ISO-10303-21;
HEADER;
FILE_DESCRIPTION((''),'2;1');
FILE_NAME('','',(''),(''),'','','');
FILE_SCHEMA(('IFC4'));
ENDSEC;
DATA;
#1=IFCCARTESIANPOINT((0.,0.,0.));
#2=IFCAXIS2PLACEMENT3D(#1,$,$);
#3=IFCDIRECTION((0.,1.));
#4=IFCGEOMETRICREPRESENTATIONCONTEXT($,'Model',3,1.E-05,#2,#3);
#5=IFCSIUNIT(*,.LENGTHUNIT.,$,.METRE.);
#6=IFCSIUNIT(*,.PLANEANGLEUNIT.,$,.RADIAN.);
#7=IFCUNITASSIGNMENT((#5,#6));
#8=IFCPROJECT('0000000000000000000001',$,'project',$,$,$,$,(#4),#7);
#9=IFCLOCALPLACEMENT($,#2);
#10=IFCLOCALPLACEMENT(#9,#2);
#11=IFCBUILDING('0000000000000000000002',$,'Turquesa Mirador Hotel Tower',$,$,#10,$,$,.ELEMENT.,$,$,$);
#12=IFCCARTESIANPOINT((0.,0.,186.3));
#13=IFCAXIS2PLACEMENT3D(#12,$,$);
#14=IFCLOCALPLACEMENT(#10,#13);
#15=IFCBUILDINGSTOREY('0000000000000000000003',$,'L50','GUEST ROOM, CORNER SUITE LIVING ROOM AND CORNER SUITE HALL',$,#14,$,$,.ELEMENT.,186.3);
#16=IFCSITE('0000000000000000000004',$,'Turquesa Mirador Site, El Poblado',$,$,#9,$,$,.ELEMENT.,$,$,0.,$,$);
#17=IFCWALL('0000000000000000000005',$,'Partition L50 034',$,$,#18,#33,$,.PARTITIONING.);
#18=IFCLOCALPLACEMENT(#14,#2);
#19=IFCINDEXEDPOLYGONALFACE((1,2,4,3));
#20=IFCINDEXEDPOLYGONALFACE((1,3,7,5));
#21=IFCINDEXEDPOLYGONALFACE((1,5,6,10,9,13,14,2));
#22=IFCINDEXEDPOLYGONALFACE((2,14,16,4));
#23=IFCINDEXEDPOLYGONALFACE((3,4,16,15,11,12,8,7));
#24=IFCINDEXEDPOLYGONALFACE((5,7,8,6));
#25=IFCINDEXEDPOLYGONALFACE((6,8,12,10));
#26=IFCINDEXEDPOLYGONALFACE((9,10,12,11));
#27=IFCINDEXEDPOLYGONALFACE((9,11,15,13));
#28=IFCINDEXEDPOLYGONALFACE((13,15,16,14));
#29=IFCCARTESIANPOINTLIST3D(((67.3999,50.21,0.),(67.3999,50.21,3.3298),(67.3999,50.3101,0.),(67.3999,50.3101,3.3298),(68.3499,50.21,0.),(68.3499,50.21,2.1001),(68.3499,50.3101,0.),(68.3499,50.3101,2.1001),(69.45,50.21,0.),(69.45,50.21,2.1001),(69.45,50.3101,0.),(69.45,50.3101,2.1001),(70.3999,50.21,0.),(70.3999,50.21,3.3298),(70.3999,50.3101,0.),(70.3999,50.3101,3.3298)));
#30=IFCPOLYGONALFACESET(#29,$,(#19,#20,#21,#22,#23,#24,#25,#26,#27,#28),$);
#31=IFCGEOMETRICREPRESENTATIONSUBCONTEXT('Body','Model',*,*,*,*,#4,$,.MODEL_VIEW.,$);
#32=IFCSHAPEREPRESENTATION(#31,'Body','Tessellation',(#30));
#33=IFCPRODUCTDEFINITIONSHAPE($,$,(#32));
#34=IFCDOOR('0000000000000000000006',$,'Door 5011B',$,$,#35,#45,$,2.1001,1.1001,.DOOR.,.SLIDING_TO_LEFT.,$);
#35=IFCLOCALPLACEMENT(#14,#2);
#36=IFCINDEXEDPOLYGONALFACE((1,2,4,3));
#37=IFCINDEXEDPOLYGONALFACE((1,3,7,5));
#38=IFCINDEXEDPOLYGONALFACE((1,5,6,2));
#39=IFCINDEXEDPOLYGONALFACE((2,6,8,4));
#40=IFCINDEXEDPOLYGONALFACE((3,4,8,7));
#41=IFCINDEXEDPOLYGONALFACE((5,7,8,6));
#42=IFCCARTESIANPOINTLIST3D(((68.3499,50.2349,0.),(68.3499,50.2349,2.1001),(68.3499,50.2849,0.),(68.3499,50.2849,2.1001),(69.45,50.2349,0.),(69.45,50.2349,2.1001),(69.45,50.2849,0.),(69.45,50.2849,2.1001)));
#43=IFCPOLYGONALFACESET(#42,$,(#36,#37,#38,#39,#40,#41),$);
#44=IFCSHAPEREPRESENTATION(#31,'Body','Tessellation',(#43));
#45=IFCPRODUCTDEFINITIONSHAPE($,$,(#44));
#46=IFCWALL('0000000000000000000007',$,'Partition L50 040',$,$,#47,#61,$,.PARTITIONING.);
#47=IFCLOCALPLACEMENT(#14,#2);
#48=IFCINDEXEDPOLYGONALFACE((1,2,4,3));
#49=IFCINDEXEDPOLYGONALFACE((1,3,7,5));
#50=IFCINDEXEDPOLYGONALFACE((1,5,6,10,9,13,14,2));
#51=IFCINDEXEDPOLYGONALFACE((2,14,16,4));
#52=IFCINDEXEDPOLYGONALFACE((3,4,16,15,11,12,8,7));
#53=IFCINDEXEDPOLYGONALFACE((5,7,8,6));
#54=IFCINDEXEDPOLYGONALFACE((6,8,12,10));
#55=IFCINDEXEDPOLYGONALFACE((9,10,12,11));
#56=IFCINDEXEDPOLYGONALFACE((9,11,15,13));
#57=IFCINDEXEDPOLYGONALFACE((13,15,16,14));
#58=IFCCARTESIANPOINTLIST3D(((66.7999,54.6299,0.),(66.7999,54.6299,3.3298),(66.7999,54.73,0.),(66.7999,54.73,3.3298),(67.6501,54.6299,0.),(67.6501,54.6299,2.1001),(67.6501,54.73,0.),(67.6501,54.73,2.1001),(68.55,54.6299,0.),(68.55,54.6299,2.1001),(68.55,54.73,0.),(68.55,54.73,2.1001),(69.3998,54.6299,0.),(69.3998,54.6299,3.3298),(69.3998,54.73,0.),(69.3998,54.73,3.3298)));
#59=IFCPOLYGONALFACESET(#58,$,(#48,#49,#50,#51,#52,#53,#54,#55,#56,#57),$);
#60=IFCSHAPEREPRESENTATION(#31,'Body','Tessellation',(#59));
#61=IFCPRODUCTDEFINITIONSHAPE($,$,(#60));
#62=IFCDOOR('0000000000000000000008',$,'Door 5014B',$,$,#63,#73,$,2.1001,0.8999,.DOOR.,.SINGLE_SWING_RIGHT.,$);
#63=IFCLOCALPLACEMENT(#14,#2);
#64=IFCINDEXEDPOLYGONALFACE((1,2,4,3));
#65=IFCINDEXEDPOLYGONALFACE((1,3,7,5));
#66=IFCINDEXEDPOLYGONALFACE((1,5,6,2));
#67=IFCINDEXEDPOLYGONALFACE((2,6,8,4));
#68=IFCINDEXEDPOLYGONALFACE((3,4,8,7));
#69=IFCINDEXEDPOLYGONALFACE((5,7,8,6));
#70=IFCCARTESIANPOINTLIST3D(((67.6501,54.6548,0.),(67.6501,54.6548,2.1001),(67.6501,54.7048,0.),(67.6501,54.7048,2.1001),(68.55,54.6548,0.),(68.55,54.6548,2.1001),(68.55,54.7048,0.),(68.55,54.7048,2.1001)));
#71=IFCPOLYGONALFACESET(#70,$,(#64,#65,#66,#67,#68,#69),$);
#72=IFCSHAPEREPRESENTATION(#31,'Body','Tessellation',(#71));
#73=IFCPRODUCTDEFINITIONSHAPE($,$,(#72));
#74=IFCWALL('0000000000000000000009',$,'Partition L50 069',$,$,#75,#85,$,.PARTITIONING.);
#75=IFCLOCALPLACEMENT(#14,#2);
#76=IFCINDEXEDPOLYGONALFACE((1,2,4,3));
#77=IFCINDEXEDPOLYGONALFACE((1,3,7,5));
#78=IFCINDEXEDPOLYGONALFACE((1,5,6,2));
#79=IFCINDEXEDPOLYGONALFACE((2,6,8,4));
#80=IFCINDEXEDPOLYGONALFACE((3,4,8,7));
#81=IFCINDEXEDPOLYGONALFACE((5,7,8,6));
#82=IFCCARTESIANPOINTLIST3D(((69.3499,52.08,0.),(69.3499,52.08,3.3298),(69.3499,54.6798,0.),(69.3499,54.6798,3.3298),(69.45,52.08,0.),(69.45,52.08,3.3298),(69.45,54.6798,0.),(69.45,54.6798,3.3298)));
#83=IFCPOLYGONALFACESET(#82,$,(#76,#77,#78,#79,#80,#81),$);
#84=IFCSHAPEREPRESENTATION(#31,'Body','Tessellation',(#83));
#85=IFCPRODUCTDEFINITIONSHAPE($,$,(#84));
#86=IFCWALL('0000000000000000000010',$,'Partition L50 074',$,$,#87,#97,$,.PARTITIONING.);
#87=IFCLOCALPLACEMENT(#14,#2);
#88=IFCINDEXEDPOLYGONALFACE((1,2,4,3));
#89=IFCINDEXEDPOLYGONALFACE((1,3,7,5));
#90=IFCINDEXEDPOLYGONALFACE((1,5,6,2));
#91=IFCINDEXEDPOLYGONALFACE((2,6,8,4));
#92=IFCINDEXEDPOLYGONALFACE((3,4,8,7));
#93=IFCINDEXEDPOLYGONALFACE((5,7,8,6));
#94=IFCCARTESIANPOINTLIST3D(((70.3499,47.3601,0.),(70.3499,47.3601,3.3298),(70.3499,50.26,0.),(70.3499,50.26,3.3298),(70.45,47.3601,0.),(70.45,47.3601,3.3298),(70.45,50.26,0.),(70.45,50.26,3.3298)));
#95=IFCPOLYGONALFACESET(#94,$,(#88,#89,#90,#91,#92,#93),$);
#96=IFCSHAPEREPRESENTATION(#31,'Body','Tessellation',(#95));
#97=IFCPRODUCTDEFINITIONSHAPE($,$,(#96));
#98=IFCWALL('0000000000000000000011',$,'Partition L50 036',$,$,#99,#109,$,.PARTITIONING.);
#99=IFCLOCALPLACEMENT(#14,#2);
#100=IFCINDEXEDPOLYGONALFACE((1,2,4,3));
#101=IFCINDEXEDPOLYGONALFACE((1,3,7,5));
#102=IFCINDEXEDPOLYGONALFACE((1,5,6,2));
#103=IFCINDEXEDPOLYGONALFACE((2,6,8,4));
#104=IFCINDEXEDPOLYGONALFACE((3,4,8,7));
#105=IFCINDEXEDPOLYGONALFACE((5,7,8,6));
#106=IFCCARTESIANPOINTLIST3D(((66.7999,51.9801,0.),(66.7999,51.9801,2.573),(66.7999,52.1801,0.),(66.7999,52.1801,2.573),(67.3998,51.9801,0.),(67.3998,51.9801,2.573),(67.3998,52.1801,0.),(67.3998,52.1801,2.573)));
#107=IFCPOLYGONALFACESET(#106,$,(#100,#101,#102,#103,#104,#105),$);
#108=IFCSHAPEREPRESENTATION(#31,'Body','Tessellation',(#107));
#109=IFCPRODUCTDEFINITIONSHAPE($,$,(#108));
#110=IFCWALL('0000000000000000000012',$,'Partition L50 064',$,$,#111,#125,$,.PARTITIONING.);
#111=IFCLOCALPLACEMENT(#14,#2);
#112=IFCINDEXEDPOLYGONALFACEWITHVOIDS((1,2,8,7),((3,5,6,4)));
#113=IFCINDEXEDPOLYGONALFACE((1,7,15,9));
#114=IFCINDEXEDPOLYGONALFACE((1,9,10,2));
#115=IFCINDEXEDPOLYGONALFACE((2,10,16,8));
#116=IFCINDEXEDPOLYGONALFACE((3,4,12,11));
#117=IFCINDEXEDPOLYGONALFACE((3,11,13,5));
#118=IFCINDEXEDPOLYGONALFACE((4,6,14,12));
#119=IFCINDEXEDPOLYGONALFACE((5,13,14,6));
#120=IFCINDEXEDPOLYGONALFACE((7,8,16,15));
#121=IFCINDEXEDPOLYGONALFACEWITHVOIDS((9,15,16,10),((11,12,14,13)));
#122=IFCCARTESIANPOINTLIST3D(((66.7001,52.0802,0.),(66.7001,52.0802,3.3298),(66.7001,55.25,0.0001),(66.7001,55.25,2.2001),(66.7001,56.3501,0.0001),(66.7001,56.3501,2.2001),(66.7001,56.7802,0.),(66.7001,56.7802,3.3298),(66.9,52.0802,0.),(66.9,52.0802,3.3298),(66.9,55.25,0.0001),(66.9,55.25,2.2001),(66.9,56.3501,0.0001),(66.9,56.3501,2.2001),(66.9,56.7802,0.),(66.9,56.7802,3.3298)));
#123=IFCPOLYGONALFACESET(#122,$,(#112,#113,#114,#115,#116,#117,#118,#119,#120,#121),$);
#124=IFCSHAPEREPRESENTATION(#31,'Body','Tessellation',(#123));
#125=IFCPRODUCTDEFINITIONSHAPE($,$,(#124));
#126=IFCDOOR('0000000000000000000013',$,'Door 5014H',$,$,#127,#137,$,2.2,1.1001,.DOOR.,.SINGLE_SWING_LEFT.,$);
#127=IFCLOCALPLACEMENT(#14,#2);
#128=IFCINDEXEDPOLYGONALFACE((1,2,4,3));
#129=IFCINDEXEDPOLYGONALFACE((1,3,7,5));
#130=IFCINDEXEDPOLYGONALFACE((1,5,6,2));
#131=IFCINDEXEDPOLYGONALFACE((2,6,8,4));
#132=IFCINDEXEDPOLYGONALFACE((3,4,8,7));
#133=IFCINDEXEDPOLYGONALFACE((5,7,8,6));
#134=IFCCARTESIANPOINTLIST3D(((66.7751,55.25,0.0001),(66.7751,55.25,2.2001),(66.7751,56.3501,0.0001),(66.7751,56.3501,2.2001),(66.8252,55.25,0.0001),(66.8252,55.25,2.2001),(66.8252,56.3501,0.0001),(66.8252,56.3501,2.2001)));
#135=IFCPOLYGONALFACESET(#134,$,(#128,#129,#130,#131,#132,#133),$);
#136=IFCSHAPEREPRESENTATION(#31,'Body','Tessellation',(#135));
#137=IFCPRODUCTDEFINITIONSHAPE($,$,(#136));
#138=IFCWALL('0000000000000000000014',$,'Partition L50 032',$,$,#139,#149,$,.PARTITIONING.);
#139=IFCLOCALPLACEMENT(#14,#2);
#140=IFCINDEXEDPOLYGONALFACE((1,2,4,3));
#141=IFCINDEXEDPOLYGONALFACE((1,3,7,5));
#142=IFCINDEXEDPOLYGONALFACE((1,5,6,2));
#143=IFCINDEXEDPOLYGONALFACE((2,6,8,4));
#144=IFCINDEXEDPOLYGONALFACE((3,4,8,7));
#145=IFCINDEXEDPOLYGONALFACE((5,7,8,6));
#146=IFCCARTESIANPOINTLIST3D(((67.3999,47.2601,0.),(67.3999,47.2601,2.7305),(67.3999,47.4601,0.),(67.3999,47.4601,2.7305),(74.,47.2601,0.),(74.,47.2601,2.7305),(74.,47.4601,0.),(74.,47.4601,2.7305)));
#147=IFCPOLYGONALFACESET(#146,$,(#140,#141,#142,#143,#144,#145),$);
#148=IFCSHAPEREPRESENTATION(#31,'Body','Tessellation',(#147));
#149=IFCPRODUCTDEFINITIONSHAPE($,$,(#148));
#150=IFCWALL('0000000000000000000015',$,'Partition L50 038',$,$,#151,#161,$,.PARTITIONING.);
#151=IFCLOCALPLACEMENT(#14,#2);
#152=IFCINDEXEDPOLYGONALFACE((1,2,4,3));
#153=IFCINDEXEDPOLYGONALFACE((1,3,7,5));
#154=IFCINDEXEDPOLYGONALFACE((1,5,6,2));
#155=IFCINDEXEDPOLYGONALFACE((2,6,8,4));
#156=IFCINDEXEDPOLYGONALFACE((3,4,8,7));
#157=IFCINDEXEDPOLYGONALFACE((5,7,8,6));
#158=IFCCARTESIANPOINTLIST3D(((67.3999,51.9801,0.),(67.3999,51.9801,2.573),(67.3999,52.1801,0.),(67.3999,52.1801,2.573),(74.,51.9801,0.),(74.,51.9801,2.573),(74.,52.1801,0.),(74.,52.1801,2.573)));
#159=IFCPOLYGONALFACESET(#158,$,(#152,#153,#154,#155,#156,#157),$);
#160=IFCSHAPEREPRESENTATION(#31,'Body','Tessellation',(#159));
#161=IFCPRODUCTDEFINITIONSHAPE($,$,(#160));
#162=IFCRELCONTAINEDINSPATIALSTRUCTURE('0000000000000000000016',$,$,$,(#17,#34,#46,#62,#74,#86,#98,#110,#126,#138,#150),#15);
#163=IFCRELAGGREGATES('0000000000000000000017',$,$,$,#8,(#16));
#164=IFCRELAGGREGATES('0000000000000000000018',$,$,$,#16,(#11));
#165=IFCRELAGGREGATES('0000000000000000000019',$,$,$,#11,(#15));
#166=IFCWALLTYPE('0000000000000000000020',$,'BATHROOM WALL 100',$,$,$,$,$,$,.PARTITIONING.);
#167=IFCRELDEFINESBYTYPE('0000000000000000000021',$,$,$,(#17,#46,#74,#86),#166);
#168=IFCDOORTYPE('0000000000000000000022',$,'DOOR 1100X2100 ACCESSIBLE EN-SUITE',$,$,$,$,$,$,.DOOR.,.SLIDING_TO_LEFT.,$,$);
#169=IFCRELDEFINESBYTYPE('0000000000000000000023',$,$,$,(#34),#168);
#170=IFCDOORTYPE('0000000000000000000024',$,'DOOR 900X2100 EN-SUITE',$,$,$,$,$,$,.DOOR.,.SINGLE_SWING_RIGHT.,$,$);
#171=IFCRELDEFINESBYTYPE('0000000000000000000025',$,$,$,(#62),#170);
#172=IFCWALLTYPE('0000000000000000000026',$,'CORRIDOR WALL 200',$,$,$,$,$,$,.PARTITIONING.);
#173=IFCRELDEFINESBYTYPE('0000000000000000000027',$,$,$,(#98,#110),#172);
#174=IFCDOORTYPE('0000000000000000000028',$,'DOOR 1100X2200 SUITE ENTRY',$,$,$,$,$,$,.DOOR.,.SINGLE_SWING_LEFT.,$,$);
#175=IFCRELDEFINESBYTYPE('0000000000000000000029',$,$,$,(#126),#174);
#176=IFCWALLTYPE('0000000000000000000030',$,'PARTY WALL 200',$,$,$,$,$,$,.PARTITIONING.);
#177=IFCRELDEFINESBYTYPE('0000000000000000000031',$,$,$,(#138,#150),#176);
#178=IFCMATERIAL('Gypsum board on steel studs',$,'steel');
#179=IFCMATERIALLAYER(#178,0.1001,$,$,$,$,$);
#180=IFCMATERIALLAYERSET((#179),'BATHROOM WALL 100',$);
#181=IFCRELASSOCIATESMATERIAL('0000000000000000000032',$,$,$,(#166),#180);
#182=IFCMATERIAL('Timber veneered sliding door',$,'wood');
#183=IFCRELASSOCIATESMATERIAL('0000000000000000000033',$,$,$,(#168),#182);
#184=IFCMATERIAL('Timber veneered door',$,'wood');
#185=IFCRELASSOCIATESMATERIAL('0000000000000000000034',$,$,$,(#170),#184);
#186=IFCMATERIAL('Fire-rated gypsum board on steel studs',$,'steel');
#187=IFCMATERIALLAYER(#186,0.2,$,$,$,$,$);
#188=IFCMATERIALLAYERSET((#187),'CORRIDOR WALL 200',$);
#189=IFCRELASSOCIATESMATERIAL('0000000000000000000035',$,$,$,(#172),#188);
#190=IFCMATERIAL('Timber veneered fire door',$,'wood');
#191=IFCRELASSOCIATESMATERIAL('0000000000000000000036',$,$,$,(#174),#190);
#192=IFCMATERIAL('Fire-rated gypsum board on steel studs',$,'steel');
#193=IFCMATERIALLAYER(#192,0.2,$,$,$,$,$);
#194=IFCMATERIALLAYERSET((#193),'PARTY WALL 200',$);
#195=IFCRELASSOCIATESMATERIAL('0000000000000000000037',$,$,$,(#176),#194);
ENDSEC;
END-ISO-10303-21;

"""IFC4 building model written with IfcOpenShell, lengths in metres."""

from ifc_helpers import new_model, si_unit, direction, frame, frame_2d, origin, place, context, subcontext, project, spatial, rectangle, extrude, material, layer, layer_set, type_object, element, fill, save


model = new_model("IFC4")

# Units and contexts
model_context = context("Model", 3, precision=1e-05, world=origin(), true_north=direction((0.0, 1.0)))
body_context = subcontext(model_context, "Body", "Model", "MODEL_VIEW")
ifc_project = project(units=[si_unit("LENGTHUNIT", "METRE"), si_unit("PLANEANGLEUNIT", "RADIAN")], contexts=[model_context])

# Site, building, storey
site_placement = place(None, origin())
site = spatial("IfcSite", under=ifc_project, at=site_placement, Name="Turquesa Mirador Site, El Poblado", CompositionType="ELEMENT", RefElevation=0.0)
building_placement = place(site_placement, origin())
building = spatial("IfcBuilding", under=site, at=building_placement, Name="Turquesa Mirador Hotel Tower", CompositionType="ELEMENT")
storey_placement = place(building_placement, frame((0.0, 0.0, 186.3)))
storey = spatial("IfcBuildingStorey", under=building, at=storey_placement, Name="L50", Description="GUEST ROOM, CORNER SUITE LIVING ROOM AND CORNER SUITE HALL", CompositionType="ELEMENT", Elevation=186.3)

# Walls, openings, doors
ifc_material_1 = material(Name="Gypsum board on steel studs", Category="steel")
ifc_layer_1 = layer(ifc_material_1, 0.1001)
ifc_layer_set_1 = layer_set([ifc_layer_1], Name="BATHROOM WALL 100")
wall_type_1 = type_object("IfcWallType", Name="BATHROOM WALL 100", PredefinedType="PARTITIONING", material=ifc_layer_set_1)
wall_1_placement = place(storey_placement, frame((67.3999, 50.26, 0.0), z_axis=(0.0, 0.0, 1.0), x_axis=(1.0, 0.0, 0.0)))
wall_1 = element("IfcWall", 1, at=wall_1_placement, inside=storey, type_object=wall_type_1, Name="Partition L50 034", PredefinedType="PARTITIONING", context=body_context, shape_type="SweptSolid", body=[
    extrude(rectangle(XDim=3.0, YDim=0.1001, at=frame_2d((1.5, 0.0))), origin(), (0.0, 0.0, 1.0), 3.3298),
])
opening_1_placement = place(wall_1_placement, frame((0.95, 0.0, 0.0)))
opening_1 = element("IfcOpeningElement", 2, at=opening_1_placement, cuts=wall_1, PredefinedType="OPENING", context=body_context, shape_type="SweptSolid", body=[
    extrude(rectangle(XDim=1.1001, YDim=2.1001, at=frame_2d((0.55, 1.05))), frame((0.0, 0.0601, 0.0), z_axis=(0.0, -1.0, 0.0), x_axis=(1.0, 0.0, 0.0)), (0.0, 0.0, 1.0), 0.1201),
])
ifc_material_2 = material(Name="Timber veneered sliding door", Category="wood")
door_type_1 = type_object("IfcDoorType", Name="DOOR 1100X2100 ACCESSIBLE EN-SUITE", OperationType="SLIDING_TO_LEFT", PredefinedType="DOOR", material=ifc_material_2)
door_1_placement = place(opening_1_placement, origin())
door_1 = element("IfcDoor", 3, at=door_1_placement, inside=storey, type_object=door_type_1, Name="Door 5011B", OperationType="SLIDING_TO_LEFT", OverallHeight=2.1001, OverallWidth=1.1001, PredefinedType="DOOR", context=body_context, shape_type="SweptSolid", body=[
    extrude(rectangle(XDim=1.1001, YDim=2.1001, at=frame_2d((0.55, 1.05))), frame((0.0, 0.0249, 0.0), z_axis=(0.0, -1.0, 0.0), x_axis=(1.0, 0.0, 0.0)), (0.0, 0.0, 1.0), 0.05),
])
fill(opening_1, door_1)
wall_2_placement = place(storey_placement, frame((66.8, 54.6799, 0.0), z_axis=(0.0, 0.0, 1.0), x_axis=(1.0, 0.0, 0.0)))
wall_2 = element("IfcWall", 4, at=wall_2_placement, inside=storey, type_object=wall_type_1, Name="Partition L50 040", PredefinedType="PARTITIONING", context=body_context, shape_type="SweptSolid", body=[
    extrude(rectangle(XDim=2.5999, YDim=0.1001, at=frame_2d((1.2998, 0.0))), origin(), (0.0, 0.0, 1.0), 3.3298),
])
opening_2_placement = place(wall_2_placement, frame((0.8501, 0.0, 0.0)))
opening_2 = element("IfcOpeningElement", 5, at=opening_2_placement, cuts=wall_2, PredefinedType="OPENING", context=body_context, shape_type="SweptSolid", body=[
    extrude(rectangle(XDim=0.8999, YDim=2.1001, at=frame_2d((0.45, 1.05))), frame((0.0, 0.0601, 0.0), z_axis=(0.0, -1.0, 0.0), x_axis=(1.0, 0.0, 0.0)), (0.0, 0.0, 1.0), 0.1201),
])
ifc_material_3 = material(Name="Timber veneered door", Category="wood")
door_type_2 = type_object("IfcDoorType", Name="DOOR 900X2100 EN-SUITE", OperationType="SINGLE_SWING_RIGHT", PredefinedType="DOOR", material=ifc_material_3)
door_2_placement = place(opening_2_placement, origin())
door_2 = element("IfcDoor", 6, at=door_2_placement, inside=storey, type_object=door_type_2, Name="Door 5014B", OperationType="SINGLE_SWING_RIGHT", OverallHeight=2.1001, OverallWidth=0.8999, PredefinedType="DOOR", context=body_context, shape_type="SweptSolid", body=[
    extrude(rectangle(XDim=0.8999, YDim=2.1001, at=frame_2d((0.45, 1.05))), frame((0.0, 0.0249, 0.0), z_axis=(0.0, -1.0, 0.0), x_axis=(1.0, 0.0, 0.0)), (0.0, 0.0, 1.0), 0.05),
])
fill(opening_2, door_2)

# Walls
wall_3_placement = place(storey_placement, frame((69.3999, 52.0801, 0.0), z_axis=(0.0, 0.0, 1.0), x_axis=(0.0, 1.0, 0.0)))
element("IfcWall", 7, at=wall_3_placement, inside=storey, type_object=wall_type_1, Name="Partition L50 069", PredefinedType="PARTITIONING", context=body_context, shape_type="SweptSolid", body=[
    extrude(rectangle(XDim=2.5999, YDim=0.1001, at=frame_2d((1.2998, 0.0))), origin(), (0.0, 0.0, 1.0), 3.3298),
])
wall_4_placement = place(storey_placement, frame((70.3999, 47.3601, 0.0), z_axis=(0.0, 0.0, 1.0), x_axis=(0.0, 1.0, 0.0)))
element("IfcWall", 8, at=wall_4_placement, inside=storey, type_object=wall_type_1, Name="Partition L50 074", PredefinedType="PARTITIONING", context=body_context, shape_type="SweptSolid", body=[
    extrude(rectangle(XDim=2.8999, YDim=0.1001, at=frame_2d((1.45, 0.0))), origin(), (0.0, 0.0, 1.0), 3.3298),
])
ifc_material_4 = material(Name="Fire-rated gypsum board on steel studs", Category="steel")
ifc_layer_2 = layer(ifc_material_4, 0.2)
ifc_layer_set_2 = layer_set([ifc_layer_2], Name="CORRIDOR WALL 200")
wall_type_2 = type_object("IfcWallType", Name="CORRIDOR WALL 200", PredefinedType="PARTITIONING", material=ifc_layer_set_2)
wall_5_placement = place(storey_placement, frame((66.8, 52.0801, 0.0), z_axis=(0.0, 0.0, 1.0), x_axis=(1.0, 0.0, 0.0)))
element("IfcWall", 9, at=wall_5_placement, inside=storey, type_object=wall_type_2, Name="Partition L50 036", PredefinedType="PARTITIONING", context=body_context, shape_type="SweptSolid", body=[
    extrude(rectangle(XDim=0.5999, YDim=0.2, at=frame_2d((0.2998, 0.0))), origin(), (0.0, 0.0, 1.0), 2.573),
])

# Wall, opening, door
wall_6_placement = place(storey_placement, frame((66.8, 52.0801, 0.0), z_axis=(0.0, 0.0, 1.0), x_axis=(0.0, 1.0, 0.0)))
wall_6 = element("IfcWall", 10, at=wall_6_placement, inside=storey, type_object=wall_type_2, Name="Partition L50 064", PredefinedType="PARTITIONING", context=body_context, shape_type="SweptSolid", body=[
    extrude(rectangle(XDim=4.7, YDim=0.2, at=frame_2d((2.3501, 0.0))), origin(), (0.0, 0.0, 1.0), 3.3298),
])
opening_3_placement = place(wall_6_placement, frame((3.1699, 0.0, 0.0)))
opening_3 = element("IfcOpeningElement", 11, at=opening_3_placement, cuts=wall_6, PredefinedType="OPENING", context=body_context, shape_type="SweptSolid", body=[
    extrude(rectangle(XDim=1.1001, YDim=2.2, at=frame_2d((0.55, 1.1001))), frame((0.0, 0.1099, 0.0), z_axis=(0.0, -1.0, 0.0), x_axis=(1.0, 0.0, 0.0)), (0.0, 0.0, 1.0), 0.22),
])
ifc_material_5 = material(Name="Timber veneered fire door", Category="wood")
door_type_3 = type_object("IfcDoorType", Name="DOOR 1100X2200 SUITE ENTRY", OperationType="SINGLE_SWING_LEFT", PredefinedType="DOOR", material=ifc_material_5)
door_3_placement = place(opening_3_placement, origin())
door_3 = element("IfcDoor", 12, at=door_3_placement, inside=storey, type_object=door_type_3, Name="Door 5014H", OperationType="SINGLE_SWING_LEFT", OverallHeight=2.2, OverallWidth=1.1001, PredefinedType="DOOR", context=body_context, shape_type="SweptSolid", body=[
    extrude(rectangle(XDim=1.1001, YDim=2.2, at=frame_2d((0.55, 1.1001))), frame((0.0, 0.0249, 0.0), z_axis=(0.0, -1.0, 0.0), x_axis=(1.0, 0.0, 0.0)), (0.0, 0.0, 1.0), 0.05),
])
fill(opening_3, door_3)

# Walls
ifc_material_6 = material(Name="Fire-rated gypsum board on steel studs", Category="steel")
ifc_layer_3 = layer(ifc_material_6, 0.2)
ifc_layer_set_3 = layer_set([ifc_layer_3], Name="PARTY WALL 200")
wall_type_3 = type_object("IfcWallType", Name="PARTY WALL 200", PredefinedType="PARTITIONING", material=ifc_layer_set_3)
wall_7_placement = place(storey_placement, frame((67.3999, 47.3601, 0.0), z_axis=(0.0, 0.0, 1.0), x_axis=(1.0, 0.0, 0.0)))
element("IfcWall", 13, at=wall_7_placement, inside=storey, type_object=wall_type_3, Name="Partition L50 032", PredefinedType="PARTITIONING", context=body_context, shape_type="SweptSolid", body=[
    extrude(rectangle(XDim=6.6001, YDim=0.2, at=frame_2d((3.3, 0.0))), origin(), (0.0, 0.0, 1.0), 2.7305),
])
wall_8_placement = place(storey_placement, frame((67.3999, 52.0801, 0.0), z_axis=(0.0, 0.0, 1.0), x_axis=(1.0, 0.0, 0.0)))
element("IfcWall", 14, at=wall_8_placement, inside=storey, type_object=wall_type_3, Name="Partition L50 038", PredefinedType="PARTITIONING", context=body_context, shape_type="SweptSolid", body=[
    extrude(rectangle(XDim=6.6001, YDim=0.2, at=frame_2d((3.3, 0.0))), origin(), (0.0, 0.0, 1.0), 2.573),
])

save(model, "model.ifc")
